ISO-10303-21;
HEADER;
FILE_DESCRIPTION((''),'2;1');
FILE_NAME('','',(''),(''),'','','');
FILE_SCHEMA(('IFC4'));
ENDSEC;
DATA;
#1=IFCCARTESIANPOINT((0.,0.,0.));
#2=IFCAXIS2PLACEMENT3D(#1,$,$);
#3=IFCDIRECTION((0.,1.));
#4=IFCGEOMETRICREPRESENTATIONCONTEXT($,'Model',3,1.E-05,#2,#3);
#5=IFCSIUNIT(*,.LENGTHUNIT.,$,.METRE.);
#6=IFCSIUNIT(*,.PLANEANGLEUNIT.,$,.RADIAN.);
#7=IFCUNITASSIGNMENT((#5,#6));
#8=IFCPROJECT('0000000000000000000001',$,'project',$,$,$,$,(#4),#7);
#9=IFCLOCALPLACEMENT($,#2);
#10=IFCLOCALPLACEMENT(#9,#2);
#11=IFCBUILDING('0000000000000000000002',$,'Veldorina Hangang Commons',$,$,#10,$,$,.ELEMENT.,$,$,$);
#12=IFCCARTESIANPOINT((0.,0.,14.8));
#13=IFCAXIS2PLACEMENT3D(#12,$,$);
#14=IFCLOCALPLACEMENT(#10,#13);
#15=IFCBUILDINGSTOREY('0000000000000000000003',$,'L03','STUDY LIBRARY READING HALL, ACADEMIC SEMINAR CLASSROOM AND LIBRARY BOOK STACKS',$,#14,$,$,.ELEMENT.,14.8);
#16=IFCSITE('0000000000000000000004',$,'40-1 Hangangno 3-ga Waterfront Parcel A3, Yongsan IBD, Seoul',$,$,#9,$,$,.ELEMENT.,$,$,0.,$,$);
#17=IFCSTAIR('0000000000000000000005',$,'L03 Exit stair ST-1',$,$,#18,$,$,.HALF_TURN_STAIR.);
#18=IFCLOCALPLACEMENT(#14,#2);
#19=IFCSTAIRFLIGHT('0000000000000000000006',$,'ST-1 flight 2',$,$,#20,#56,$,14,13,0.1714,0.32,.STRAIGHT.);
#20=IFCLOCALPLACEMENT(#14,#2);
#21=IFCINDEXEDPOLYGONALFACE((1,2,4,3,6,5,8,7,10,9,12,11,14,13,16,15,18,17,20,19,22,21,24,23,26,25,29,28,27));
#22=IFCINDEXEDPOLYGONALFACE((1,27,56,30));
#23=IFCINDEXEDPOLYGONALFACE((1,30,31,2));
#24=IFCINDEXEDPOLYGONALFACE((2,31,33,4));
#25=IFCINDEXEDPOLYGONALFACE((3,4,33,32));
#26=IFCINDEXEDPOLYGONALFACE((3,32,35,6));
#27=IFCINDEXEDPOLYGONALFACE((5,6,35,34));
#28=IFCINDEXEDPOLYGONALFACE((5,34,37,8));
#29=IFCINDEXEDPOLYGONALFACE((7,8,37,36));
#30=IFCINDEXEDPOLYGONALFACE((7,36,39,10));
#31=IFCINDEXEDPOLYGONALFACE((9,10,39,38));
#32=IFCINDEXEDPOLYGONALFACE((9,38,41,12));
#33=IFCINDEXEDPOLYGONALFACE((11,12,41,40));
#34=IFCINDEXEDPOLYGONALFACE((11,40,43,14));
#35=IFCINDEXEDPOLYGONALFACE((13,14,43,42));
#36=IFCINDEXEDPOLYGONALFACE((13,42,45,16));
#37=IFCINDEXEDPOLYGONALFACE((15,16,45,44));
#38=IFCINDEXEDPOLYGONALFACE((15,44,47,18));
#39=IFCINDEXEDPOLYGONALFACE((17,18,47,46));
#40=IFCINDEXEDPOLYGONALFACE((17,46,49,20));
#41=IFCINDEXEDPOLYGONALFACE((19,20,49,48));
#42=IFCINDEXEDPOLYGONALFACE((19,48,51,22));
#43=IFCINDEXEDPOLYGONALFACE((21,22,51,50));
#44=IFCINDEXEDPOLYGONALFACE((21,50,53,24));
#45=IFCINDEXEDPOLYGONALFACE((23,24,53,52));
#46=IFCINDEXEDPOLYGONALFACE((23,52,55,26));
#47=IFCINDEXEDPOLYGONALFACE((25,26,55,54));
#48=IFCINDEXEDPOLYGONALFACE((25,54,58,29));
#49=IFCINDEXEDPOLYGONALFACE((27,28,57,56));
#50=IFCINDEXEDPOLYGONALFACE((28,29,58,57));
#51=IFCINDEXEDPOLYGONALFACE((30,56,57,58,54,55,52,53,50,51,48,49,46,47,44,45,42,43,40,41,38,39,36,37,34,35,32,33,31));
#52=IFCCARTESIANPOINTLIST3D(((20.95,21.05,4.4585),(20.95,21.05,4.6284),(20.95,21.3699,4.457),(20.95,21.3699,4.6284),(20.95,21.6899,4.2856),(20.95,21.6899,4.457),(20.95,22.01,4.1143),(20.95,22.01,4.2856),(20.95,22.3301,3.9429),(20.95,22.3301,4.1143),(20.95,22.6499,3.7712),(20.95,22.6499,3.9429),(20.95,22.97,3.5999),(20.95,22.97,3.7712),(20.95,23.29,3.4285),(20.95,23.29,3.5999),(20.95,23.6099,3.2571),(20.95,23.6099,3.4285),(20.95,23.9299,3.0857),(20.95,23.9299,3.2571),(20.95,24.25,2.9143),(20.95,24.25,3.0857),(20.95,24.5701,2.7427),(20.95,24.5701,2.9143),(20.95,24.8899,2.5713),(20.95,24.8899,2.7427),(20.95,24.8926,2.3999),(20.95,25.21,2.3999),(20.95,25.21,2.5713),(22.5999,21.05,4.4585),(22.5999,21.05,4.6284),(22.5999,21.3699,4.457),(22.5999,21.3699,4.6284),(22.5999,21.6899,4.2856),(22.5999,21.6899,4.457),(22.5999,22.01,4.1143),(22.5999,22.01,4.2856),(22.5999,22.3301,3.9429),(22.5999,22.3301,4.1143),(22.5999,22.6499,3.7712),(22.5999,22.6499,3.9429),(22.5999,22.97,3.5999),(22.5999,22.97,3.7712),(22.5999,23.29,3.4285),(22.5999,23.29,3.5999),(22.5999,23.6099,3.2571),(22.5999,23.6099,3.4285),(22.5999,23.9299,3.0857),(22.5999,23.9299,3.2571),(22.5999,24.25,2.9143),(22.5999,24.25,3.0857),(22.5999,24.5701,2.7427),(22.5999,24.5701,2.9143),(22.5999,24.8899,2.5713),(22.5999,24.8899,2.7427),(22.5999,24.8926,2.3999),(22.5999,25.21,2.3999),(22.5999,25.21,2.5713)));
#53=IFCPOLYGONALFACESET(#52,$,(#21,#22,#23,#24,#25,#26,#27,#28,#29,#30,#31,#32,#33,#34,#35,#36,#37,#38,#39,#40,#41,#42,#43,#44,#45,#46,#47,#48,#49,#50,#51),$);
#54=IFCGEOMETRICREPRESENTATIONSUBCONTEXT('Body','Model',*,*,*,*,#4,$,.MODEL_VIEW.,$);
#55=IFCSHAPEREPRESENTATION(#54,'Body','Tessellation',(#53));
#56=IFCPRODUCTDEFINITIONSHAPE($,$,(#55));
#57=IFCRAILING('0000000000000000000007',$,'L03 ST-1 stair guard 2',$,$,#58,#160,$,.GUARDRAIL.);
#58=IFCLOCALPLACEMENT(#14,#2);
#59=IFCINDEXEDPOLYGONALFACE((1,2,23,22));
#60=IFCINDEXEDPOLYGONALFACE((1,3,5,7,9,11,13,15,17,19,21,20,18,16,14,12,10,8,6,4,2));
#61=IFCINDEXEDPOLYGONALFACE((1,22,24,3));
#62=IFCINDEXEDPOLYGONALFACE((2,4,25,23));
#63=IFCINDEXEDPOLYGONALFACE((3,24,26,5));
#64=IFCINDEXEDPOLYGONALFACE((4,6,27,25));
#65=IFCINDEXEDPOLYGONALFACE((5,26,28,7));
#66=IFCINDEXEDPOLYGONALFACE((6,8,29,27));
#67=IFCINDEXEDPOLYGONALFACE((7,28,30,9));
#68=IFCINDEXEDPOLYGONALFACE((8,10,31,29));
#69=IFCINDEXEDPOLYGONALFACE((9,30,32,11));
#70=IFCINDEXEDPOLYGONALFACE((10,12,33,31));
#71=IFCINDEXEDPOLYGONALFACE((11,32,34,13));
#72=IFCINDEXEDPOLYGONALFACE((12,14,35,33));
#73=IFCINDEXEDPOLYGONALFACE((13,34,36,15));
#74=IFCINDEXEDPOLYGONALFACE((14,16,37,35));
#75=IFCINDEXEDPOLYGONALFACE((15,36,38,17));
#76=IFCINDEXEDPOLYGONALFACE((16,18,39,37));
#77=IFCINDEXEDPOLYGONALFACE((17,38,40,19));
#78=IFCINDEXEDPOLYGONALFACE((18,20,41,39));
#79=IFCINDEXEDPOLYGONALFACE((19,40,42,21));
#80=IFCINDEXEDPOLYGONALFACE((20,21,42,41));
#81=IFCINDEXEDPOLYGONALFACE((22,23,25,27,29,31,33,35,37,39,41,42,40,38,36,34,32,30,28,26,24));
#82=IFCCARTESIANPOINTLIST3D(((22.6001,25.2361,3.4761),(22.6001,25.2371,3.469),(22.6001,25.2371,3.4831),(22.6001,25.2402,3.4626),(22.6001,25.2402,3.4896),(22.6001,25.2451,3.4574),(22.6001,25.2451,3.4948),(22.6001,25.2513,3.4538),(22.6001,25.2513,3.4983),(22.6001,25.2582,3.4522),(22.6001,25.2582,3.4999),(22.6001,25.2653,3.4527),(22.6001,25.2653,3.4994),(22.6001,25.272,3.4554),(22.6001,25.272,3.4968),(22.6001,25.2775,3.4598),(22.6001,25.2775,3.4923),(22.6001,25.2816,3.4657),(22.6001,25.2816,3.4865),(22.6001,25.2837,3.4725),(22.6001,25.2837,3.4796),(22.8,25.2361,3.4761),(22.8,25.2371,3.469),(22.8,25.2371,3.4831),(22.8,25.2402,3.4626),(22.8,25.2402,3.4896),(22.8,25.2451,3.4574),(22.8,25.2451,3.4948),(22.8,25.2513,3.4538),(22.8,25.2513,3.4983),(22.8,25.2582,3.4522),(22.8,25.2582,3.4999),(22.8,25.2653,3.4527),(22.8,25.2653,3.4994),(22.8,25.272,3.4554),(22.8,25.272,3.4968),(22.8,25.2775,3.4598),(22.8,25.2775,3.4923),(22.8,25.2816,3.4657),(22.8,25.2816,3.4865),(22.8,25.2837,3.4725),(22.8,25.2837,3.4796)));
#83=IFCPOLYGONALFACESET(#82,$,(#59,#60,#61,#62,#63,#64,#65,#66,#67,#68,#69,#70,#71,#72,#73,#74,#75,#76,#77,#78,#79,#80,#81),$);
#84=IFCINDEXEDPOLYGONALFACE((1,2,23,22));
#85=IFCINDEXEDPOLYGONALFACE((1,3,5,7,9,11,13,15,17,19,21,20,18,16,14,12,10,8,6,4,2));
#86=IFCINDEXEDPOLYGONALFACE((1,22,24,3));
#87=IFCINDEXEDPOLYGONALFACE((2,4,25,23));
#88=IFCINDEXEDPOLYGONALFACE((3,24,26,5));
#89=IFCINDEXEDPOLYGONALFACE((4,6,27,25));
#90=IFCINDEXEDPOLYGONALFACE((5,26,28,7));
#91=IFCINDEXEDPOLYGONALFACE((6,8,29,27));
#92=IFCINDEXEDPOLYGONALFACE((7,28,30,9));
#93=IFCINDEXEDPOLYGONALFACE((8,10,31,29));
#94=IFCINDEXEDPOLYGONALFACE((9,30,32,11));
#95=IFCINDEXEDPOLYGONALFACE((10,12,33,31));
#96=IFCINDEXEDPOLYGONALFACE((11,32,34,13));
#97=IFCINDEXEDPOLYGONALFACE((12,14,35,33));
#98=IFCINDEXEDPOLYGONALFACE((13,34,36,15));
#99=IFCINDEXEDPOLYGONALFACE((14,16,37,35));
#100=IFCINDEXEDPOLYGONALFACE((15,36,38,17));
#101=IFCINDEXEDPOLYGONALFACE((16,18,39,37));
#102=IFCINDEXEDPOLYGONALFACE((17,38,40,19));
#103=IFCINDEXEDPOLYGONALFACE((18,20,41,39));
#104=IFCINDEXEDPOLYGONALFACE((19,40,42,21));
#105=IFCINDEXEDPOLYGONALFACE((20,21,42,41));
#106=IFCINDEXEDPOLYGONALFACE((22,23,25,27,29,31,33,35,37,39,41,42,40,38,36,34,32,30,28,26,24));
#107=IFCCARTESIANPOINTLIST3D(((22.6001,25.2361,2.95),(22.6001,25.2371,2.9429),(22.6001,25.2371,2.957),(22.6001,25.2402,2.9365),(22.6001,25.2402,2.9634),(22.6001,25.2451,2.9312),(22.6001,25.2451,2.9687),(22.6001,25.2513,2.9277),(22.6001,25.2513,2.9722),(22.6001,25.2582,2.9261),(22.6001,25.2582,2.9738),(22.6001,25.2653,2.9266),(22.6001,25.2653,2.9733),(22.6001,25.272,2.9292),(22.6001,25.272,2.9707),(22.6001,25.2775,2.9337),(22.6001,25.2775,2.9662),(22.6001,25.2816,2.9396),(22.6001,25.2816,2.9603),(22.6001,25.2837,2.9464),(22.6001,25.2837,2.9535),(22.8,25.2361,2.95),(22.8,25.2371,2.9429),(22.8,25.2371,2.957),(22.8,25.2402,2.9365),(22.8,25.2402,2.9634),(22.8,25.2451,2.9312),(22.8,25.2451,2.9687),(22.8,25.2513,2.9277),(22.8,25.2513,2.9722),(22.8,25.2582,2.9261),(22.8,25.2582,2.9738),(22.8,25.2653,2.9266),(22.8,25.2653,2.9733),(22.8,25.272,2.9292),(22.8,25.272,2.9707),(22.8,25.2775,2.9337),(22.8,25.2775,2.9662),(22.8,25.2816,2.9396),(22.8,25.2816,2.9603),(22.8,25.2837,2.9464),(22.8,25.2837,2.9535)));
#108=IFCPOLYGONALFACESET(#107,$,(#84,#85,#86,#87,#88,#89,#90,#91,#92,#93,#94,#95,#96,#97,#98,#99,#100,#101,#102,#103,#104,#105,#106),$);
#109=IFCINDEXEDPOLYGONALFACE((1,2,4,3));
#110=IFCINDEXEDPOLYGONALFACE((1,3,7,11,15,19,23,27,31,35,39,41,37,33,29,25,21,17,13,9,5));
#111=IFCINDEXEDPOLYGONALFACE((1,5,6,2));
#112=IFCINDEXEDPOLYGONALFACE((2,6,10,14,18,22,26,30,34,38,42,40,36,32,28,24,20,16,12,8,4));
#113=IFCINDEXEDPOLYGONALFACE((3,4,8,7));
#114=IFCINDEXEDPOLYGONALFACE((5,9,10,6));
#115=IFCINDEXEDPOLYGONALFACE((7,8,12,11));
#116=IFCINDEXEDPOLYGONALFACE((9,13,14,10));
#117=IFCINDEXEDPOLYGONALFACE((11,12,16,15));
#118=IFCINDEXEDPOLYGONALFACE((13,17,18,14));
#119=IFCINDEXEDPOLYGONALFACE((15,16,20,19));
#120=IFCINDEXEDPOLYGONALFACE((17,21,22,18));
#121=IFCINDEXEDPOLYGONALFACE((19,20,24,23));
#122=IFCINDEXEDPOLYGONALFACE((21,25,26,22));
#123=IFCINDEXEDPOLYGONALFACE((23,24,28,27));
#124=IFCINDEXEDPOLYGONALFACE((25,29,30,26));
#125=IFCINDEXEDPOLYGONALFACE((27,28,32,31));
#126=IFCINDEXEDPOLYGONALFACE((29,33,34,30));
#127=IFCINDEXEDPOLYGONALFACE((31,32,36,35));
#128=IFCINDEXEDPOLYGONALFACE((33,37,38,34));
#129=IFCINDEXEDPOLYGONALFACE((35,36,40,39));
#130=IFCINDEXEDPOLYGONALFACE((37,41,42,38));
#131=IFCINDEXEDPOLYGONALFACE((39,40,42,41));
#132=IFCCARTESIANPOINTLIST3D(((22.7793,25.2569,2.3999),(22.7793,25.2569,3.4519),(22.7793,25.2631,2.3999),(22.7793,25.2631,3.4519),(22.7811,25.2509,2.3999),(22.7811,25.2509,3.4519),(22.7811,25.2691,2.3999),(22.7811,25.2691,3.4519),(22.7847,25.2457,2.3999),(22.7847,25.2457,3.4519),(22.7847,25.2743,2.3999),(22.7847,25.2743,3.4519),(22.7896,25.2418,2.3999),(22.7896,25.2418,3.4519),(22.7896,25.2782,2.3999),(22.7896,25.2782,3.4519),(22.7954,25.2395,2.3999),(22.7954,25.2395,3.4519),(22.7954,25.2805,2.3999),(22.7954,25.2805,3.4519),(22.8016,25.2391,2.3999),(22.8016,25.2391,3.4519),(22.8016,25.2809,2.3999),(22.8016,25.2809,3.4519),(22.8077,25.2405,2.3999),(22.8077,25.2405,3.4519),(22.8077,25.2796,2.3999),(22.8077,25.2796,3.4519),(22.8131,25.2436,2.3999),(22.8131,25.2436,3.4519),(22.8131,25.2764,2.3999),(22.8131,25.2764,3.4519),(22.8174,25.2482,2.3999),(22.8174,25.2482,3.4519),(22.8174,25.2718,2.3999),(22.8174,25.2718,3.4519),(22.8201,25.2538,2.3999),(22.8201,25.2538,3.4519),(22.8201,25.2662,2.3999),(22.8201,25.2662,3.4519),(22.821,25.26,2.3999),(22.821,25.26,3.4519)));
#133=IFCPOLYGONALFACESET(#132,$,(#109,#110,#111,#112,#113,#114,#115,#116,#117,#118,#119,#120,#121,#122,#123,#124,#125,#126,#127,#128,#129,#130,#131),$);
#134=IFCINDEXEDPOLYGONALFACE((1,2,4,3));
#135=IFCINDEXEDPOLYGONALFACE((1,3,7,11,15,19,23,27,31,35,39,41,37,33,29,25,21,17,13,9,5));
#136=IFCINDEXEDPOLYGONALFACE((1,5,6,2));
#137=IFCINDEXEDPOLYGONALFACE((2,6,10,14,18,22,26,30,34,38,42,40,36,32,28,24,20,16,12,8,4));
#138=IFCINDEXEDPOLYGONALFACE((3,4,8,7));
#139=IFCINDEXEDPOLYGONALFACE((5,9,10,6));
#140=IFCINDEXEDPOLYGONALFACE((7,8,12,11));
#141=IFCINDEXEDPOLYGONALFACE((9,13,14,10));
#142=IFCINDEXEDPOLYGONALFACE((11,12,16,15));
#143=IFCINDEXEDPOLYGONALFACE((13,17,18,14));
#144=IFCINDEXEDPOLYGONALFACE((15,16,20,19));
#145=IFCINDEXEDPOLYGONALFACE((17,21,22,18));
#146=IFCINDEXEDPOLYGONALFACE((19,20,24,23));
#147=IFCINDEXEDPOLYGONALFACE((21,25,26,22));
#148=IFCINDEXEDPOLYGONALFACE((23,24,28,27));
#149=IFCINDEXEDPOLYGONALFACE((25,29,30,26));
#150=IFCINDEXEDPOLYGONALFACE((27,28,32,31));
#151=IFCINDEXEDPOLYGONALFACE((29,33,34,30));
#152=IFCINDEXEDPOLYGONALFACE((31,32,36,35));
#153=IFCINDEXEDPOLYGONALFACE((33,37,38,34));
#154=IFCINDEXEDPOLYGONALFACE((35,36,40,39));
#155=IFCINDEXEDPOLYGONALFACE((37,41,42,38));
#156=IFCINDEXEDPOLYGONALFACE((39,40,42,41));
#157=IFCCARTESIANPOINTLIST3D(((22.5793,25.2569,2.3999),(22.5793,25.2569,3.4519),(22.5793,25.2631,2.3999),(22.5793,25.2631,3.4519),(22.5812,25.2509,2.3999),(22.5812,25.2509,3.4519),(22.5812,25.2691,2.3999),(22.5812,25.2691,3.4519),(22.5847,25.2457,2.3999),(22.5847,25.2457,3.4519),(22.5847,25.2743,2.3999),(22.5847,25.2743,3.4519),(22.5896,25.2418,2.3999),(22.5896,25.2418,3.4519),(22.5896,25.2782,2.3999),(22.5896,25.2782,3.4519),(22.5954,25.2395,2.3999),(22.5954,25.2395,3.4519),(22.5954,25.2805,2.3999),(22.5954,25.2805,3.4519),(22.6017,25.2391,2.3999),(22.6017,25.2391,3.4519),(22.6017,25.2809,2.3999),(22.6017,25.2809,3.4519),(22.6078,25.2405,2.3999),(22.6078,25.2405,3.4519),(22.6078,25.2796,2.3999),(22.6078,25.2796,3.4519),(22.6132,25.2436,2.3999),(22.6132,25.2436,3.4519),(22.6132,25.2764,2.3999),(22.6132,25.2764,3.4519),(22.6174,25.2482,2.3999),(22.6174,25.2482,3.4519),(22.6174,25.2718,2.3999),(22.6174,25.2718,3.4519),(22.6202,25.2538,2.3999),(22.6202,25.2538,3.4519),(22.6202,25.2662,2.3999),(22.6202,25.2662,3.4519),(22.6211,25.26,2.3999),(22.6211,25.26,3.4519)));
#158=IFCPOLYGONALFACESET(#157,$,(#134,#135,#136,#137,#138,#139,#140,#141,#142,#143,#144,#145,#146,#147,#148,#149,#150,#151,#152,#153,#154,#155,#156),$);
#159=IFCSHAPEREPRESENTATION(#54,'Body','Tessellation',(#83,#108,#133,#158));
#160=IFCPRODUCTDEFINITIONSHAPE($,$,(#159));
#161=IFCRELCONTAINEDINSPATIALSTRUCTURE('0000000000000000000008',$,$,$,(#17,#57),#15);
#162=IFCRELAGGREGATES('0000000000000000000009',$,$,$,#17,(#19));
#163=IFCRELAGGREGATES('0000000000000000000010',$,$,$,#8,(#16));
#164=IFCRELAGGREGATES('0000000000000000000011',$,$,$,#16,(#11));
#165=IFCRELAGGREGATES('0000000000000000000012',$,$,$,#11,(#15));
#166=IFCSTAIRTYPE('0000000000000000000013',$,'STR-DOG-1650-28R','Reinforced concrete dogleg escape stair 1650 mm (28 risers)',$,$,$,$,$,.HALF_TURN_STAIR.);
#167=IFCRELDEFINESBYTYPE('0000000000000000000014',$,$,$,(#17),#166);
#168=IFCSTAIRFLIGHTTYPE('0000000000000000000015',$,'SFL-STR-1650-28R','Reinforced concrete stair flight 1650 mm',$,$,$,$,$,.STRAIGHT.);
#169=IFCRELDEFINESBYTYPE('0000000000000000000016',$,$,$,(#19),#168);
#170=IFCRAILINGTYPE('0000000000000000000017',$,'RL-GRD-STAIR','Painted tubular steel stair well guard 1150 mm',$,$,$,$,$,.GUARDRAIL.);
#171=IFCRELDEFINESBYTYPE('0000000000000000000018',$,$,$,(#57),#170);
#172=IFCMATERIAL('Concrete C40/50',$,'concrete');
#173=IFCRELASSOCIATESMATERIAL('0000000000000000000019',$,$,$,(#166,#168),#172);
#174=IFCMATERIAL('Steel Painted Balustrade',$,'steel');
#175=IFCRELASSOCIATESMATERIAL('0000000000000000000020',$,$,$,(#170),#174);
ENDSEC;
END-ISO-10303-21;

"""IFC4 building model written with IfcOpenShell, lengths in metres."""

from ifc_helpers import new_model, si_unit, direction, frame, origin, origin_2d, place, context, subcontext, project, spatial, polyline, circle, outline, extrude, material, type_object, element, aggregate, save


model = new_model("IFC4")

# Units and contexts
model_context = context("Model", 3, precision=1e-05, world=origin(), true_north=direction((0.0, 1.0)))
body_context = subcontext(model_context, "Body", "Model", "MODEL_VIEW")
ifc_project = project(units=[si_unit("LENGTHUNIT", "METRE"), si_unit("PLANEANGLEUNIT", "RADIAN")], contexts=[model_context])

# Site, building, storey
site_placement = place(None, origin())
site = spatial("IfcSite", under=ifc_project, at=site_placement, Name="40-1 Hangangno 3-ga Waterfront Parcel A3, Yongsan IBD, Seoul", CompositionType="ELEMENT", RefElevation=0.0)
building_placement = place(site_placement, origin())
building = spatial("IfcBuilding", under=site, at=building_placement, Name="Veldorina Hangang Commons", CompositionType="ELEMENT")
storey_placement = place(building_placement, frame((0.0, 0.0, 14.8)))
storey = spatial("IfcBuildingStorey", under=building, at=storey_placement, Name="L03", Description="STUDY LIBRARY READING HALL, ACADEMIC SEMINAR CLASSROOM AND LIBRARY BOOK STACKS", CompositionType="ELEMENT", Elevation=14.8)

# Stair, stair flight
ifc_material_1 = material(Name="Concrete C40/50", Category="concrete")
stair_type = type_object("IfcStairType", Name="STR-DOG-1650-28R", Description="Reinforced concrete dogleg escape stair 1650 mm (28 risers)", PredefinedType="HALF_TURN_STAIR", material=ifc_material_1)
stair_placement = place(storey_placement, origin())
stair = element("IfcStair", 1, at=stair_placement, inside=storey, type_object=stair_type, Name="L03 Exit stair ST-1", PredefinedType="HALF_TURN_STAIR")
stair_flight_type = type_object("IfcStairFlightType", Name="SFL-STR-1650-28R", Description="Reinforced concrete stair flight 1650 mm", PredefinedType="STRAIGHT", material=ifc_material_1)
stair_flight_placement = place(storey_placement, frame((21.7749, 25.21, 2.3999), z_axis=(0.0, 0.0, 1.0), x_axis=(0.0, -1.0, 0.0)))
stair_flight = element("IfcStairFlight", 2, at=stair_flight_placement, type_object=stair_flight_type, Name="ST-1 flight 2", NumberOfRisers=14, NumberOfTreads=13, PredefinedType="STRAIGHT", RiserHeight=0.1714, TreadLength=0.32, context=body_context, shape_type="SweptSolid", body=[
    extrude(outline(polyline([(0.0, 0.0), (0.0, 0.1714), (0.3201, 0.1714), (0.3201, 0.3428), (0.6399, 0.3428), (0.6399, 0.5144), (0.96, 0.5144), (0.96, 0.6858), (1.28, 0.6858), (1.28, 0.8572), (1.6001, 0.8572), (1.6001, 1.0286), (1.9199, 1.0286), (1.9199, 1.2), (2.24, 1.2), (2.24, 1.3713), (2.5601, 1.3713), (2.5601, 1.543), (2.8799, 1.543), (2.8799, 1.7144), (3.2, 1.7144), (3.2, 1.8857), (3.52, 1.8857), (3.52, 2.0571), (3.8401, 2.0571), (3.8401, 2.2285), (4.1599, 2.2285), (4.1599, 2.3999), (4.1599, 2.0586), (0.3174, 0.0), (0.0, 0.0)])), frame((0.0, 0.825, 0.0), z_axis=(0.0, -1.0, 0.0), x_axis=(1.0, 0.0, 0.0)), (0.0, 0.0, 1.0), 1.6499),
])
aggregate(stair, [stair_flight])

# Railing
ifc_material_2 = material(Name="Steel Painted Balustrade", Category="steel")
railing_type_1 = type_object("IfcRailingType", Name="RL-GRD-STAIR", Description="Painted tubular steel stair well guard 1150 mm", PredefinedType="GUARDRAIL", material=ifc_material_2)
railing_1_placement = place(storey_placement, frame((22.8, 25.26, 2.3999)))
element("IfcRailing", 3, at=railing_1_placement, inside=storey, type_object=railing_type_1, Name="L03 ST-1 stair guard 2", PredefinedType="GUARDRAIL", context=body_context, shape_type="SweptSolid", body=[
    extrude(circle(Radius=0.0239, at=origin_2d()), frame((0.0, 0.0, 1.0762), z_axis=(-1.0, 0.0, 0.0), x_axis=(0.0, -1.0, 0.0)), (0.0, 0.0, 1.0), 0.2),
    extrude(circle(Radius=0.0239, at=origin_2d()), frame((0.0, 0.0, 0.55), z_axis=(-1.0, 0.0, 0.0), x_axis=(0.0, -1.0, 0.0)), (0.0, 0.0, 1.0), 0.2),
    extrude(circle(Radius=0.021, at=origin_2d()), origin(), (0.0, 0.0, 1.0), 1.052),
    extrude(circle(Radius=0.021, at=origin_2d()), frame((-0.2, 0.0, 0.0)), (0.0, 0.0, 1.0), 1.052),
])

save(model, "model.ifc")
